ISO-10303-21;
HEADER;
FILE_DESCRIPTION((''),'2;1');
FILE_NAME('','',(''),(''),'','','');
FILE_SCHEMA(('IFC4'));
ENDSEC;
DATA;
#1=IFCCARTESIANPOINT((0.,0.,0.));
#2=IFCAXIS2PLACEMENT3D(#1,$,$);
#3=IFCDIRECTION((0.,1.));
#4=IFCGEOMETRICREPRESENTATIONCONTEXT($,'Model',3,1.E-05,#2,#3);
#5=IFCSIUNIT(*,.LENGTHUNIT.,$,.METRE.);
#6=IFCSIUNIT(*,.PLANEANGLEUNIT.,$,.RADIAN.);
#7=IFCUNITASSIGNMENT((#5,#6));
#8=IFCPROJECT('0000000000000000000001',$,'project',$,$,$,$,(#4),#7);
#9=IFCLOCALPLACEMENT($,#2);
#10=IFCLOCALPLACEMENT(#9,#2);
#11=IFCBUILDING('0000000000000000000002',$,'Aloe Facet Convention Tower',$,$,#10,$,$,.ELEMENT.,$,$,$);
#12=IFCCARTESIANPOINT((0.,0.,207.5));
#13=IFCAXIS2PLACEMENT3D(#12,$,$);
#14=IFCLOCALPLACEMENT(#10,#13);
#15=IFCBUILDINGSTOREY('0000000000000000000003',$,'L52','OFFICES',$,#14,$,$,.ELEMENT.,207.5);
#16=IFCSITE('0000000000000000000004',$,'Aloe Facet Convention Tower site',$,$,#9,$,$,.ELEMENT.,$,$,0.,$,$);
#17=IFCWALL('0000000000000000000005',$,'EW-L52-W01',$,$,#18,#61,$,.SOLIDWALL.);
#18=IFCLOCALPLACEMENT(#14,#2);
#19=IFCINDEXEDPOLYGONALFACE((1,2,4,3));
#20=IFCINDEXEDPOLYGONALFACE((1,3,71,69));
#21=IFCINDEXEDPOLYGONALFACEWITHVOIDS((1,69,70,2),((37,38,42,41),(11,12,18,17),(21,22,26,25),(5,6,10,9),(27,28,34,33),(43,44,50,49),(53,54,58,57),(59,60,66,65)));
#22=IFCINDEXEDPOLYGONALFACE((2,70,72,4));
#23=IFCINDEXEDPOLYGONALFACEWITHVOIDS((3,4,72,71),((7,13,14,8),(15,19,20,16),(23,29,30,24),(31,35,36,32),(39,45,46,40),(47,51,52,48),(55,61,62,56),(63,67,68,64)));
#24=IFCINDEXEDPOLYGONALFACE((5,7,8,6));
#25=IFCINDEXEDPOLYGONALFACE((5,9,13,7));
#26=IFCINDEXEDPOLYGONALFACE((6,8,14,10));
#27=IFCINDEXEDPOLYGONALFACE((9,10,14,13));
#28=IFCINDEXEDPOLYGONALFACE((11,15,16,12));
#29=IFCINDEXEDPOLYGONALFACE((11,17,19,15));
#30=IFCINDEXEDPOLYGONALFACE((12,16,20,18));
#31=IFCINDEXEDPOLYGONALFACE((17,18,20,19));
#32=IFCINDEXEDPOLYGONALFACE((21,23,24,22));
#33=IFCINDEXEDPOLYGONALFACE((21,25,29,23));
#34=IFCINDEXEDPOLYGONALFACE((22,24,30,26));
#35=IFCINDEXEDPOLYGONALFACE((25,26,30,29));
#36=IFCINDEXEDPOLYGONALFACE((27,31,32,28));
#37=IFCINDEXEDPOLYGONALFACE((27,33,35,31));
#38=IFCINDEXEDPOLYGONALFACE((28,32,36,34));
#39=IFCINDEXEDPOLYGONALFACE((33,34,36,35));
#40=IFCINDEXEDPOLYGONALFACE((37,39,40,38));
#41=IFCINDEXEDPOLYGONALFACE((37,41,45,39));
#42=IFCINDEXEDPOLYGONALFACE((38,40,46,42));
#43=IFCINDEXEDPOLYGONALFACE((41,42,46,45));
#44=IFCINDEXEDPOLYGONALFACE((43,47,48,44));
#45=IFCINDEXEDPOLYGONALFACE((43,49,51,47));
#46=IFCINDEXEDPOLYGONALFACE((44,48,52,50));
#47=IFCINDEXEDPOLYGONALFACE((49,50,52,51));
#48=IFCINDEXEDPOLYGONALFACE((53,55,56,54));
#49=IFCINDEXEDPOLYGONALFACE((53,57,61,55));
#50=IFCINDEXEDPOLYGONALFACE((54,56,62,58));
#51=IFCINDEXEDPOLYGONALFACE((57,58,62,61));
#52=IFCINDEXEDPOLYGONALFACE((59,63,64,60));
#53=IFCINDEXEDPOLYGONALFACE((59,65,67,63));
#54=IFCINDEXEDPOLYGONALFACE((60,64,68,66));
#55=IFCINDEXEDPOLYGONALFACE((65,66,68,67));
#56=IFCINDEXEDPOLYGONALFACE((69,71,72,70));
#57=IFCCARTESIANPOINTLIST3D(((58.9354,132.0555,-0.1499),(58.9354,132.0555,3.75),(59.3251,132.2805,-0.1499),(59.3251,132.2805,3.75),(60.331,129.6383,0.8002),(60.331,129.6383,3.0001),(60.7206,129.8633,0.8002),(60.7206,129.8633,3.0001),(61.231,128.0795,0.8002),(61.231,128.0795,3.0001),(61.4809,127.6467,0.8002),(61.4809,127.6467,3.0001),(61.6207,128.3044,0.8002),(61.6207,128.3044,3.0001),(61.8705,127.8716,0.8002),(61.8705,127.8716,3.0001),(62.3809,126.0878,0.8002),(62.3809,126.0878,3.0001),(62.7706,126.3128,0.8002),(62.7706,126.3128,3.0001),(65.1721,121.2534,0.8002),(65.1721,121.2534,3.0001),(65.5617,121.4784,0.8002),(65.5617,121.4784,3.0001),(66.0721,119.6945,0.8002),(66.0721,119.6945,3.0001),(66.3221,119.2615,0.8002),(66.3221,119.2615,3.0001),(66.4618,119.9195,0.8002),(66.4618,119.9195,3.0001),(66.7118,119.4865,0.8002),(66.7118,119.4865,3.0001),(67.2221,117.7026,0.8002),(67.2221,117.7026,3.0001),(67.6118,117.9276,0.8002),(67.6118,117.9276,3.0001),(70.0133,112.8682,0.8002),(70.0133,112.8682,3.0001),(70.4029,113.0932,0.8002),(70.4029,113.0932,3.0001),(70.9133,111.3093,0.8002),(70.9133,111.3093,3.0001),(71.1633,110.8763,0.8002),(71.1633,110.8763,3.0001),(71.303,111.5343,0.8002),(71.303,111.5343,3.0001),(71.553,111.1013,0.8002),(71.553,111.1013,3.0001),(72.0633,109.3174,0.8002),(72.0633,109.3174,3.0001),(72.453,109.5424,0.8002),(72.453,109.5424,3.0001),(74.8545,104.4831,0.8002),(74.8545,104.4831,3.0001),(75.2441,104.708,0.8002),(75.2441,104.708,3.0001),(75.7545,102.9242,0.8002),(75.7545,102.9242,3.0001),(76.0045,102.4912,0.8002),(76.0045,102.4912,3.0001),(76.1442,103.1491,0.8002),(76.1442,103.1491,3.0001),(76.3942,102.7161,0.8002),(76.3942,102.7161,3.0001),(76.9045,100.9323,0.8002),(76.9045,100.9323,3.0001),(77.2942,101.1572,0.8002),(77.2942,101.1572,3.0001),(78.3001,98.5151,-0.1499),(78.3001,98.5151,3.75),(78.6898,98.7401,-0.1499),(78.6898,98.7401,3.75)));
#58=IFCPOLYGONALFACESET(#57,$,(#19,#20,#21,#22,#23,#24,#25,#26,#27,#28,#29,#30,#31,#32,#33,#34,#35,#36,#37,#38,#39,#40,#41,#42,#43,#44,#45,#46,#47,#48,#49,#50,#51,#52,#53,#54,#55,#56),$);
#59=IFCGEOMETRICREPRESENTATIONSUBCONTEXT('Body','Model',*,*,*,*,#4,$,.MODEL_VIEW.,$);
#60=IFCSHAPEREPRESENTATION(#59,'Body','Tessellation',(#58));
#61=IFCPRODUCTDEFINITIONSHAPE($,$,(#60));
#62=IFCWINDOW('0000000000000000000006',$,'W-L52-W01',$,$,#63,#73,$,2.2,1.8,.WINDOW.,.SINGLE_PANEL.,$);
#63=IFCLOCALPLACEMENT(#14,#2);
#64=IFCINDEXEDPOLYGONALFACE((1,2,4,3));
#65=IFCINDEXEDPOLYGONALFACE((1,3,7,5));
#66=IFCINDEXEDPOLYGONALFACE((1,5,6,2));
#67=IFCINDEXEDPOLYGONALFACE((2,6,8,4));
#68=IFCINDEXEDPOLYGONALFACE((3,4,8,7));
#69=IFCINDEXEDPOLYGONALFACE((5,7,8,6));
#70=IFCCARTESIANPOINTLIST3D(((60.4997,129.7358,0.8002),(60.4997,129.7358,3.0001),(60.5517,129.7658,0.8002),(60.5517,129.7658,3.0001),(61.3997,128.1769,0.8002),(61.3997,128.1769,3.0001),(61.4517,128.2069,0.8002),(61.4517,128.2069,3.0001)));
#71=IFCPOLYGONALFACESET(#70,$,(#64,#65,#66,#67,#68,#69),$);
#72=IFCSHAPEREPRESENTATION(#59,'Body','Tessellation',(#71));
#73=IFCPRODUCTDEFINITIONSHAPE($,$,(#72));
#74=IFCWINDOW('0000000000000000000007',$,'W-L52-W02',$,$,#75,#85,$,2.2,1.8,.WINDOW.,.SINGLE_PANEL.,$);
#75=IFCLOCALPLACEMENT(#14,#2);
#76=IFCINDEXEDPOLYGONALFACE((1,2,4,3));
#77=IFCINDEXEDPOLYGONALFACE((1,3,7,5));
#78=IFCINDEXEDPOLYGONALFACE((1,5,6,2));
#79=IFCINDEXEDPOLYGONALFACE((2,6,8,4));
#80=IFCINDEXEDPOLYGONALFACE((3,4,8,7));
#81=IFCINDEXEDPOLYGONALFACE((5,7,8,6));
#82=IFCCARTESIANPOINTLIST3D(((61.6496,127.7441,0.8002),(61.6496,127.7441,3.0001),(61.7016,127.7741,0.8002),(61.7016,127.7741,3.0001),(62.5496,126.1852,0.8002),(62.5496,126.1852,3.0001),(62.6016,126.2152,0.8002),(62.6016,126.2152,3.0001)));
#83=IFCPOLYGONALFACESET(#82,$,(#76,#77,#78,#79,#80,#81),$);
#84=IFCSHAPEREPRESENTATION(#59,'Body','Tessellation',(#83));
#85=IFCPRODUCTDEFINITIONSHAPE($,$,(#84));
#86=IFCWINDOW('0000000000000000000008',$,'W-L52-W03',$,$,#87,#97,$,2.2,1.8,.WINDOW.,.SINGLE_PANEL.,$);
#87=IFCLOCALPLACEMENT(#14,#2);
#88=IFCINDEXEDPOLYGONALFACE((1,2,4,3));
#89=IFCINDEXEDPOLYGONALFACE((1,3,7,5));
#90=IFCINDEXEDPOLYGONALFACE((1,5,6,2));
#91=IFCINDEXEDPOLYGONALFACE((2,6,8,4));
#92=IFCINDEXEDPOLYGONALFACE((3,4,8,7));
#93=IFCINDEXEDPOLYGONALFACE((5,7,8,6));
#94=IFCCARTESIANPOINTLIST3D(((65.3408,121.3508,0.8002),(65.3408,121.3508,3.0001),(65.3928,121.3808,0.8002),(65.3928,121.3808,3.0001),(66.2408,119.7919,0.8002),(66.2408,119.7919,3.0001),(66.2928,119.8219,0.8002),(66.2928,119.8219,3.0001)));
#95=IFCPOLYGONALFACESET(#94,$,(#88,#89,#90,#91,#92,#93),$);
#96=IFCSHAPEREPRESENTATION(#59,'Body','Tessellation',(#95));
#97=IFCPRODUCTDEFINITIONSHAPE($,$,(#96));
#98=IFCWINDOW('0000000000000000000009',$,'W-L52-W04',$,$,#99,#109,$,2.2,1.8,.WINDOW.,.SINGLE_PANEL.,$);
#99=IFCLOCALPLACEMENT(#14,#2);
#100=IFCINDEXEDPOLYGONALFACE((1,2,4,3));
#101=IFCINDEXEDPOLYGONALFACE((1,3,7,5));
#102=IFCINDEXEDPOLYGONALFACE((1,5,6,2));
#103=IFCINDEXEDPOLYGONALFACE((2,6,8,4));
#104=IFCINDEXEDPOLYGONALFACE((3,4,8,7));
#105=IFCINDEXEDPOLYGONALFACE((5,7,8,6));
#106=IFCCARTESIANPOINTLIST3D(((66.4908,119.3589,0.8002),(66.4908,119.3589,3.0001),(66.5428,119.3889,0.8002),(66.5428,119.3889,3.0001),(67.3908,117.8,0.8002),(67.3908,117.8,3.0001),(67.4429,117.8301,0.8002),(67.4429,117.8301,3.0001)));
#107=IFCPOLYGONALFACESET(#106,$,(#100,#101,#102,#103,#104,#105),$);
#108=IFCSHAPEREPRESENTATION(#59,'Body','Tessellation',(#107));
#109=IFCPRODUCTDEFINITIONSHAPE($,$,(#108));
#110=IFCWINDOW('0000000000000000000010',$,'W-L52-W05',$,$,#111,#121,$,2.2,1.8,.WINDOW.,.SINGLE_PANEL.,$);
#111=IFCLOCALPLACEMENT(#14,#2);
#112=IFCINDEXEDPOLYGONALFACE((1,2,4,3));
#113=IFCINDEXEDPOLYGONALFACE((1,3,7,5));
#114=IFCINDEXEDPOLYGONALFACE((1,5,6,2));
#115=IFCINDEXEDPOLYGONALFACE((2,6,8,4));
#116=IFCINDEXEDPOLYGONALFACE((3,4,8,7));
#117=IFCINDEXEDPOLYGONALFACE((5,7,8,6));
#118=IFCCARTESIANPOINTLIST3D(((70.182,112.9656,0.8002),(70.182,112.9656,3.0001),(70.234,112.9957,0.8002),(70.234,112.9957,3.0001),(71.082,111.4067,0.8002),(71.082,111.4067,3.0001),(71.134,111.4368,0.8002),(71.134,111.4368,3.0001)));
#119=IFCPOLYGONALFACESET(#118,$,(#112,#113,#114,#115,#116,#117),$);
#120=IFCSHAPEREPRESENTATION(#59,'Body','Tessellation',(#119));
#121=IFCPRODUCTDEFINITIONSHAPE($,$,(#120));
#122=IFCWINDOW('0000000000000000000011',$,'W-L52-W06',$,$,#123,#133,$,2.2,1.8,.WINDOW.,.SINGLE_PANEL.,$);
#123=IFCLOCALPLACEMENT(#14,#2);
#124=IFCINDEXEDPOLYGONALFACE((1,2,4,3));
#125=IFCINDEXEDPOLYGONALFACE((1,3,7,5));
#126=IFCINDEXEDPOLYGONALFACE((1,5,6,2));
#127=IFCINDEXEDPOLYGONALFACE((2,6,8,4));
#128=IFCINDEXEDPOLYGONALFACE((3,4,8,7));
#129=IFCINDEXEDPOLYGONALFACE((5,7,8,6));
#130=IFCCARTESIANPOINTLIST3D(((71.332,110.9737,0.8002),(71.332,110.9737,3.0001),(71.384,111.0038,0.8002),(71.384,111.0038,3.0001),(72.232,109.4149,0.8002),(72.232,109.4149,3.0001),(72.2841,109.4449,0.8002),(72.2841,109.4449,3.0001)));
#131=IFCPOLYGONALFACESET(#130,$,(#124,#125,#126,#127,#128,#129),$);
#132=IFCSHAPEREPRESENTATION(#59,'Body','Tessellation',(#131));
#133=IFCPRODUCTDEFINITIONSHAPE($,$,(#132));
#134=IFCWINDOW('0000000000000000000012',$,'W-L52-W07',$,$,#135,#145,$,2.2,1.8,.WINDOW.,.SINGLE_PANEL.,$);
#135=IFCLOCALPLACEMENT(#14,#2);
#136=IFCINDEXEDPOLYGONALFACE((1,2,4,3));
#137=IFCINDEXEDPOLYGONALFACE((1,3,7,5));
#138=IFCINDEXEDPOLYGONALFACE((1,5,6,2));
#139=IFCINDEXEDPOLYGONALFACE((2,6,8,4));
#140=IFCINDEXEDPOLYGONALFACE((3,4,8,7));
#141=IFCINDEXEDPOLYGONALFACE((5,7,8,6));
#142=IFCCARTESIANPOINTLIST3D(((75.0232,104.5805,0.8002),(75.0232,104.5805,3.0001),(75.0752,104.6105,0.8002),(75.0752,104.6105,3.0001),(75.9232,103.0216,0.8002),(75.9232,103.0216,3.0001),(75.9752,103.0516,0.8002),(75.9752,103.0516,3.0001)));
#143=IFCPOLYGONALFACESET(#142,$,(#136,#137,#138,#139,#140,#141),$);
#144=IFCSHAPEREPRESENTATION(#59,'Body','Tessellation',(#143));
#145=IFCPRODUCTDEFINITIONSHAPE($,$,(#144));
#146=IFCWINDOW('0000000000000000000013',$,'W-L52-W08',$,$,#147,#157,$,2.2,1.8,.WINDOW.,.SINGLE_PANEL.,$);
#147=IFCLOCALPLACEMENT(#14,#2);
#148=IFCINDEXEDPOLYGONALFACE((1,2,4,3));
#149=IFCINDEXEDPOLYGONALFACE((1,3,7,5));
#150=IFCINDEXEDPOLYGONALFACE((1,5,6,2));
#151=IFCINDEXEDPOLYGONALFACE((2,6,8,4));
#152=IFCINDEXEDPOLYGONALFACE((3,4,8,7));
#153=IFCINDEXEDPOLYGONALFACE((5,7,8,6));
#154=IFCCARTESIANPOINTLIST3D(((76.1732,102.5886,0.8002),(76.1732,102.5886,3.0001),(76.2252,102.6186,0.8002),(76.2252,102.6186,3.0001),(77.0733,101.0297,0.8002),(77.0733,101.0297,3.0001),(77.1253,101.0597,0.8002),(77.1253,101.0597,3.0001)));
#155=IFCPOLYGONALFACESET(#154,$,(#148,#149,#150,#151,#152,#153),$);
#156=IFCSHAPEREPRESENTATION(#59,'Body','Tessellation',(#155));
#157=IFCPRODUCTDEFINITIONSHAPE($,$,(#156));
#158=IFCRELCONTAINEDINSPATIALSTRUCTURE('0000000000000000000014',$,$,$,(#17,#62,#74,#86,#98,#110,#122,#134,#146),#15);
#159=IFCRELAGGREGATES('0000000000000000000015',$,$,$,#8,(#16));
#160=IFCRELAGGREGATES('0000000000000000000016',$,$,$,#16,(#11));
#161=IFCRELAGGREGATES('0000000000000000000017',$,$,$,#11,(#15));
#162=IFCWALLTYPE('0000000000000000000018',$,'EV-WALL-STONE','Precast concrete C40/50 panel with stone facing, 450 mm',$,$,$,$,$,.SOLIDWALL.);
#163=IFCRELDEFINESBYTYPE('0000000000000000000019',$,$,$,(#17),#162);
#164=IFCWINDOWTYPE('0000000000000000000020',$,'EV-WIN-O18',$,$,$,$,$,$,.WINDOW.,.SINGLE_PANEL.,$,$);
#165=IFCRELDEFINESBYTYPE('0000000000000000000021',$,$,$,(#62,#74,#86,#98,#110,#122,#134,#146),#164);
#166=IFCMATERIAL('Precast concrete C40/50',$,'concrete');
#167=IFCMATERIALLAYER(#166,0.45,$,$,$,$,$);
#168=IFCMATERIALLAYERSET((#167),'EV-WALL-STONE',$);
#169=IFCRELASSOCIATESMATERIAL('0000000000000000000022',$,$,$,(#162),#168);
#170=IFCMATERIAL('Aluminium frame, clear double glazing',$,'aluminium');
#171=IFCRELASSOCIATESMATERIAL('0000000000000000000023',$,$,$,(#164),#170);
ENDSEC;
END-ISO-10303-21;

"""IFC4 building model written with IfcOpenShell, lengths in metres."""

from ifc_helpers import new_model, si_unit, direction, frame, frame_2d, origin, place, context, subcontext, project, spatial, polyline, rectangle, outline, extrude, material, layer, layer_set, type_object, element, fill, save


model = new_model("IFC4")

# Units and contexts
model_context = context("Model", 3, precision=1e-05, world=origin(), true_north=direction((0.0, 1.0)))
body_context = subcontext(model_context, "Body", "Model", "MODEL_VIEW")
ifc_project = project(units=[si_unit("LENGTHUNIT", "METRE"), si_unit("PLANEANGLEUNIT", "RADIAN")], contexts=[model_context])

# Site, building, storey
site_placement = place(None, origin())
site = spatial("IfcSite", under=ifc_project, at=site_placement, Name="Aloe Facet Convention Tower site", CompositionType="ELEMENT", RefElevation=0.0)
building_placement = place(site_placement, origin())
building = spatial("IfcBuilding", under=site, at=building_placement, Name="Aloe Facet Convention Tower", CompositionType="ELEMENT")
storey_placement = place(building_placement, frame((0.0, 0.0, 207.5)))
storey = spatial("IfcBuildingStorey", under=building, at=storey_placement, Name="L52", Description="OFFICES", CompositionType="ELEMENT", Elevation=207.5)

# Wall, openings, windows
ifc_material_1 = material(Name="Precast concrete C40/50", Category="concrete")
ifc_layer_1 = layer(ifc_material_1, 0.45)
ifc_layer_set_1 = layer_set([ifc_layer_1], Name="EV-WALL-STONE")
wall_type_1 = type_object("IfcWallType", Name="EV-WALL-STONE", Description="Precast concrete C40/50 panel with stone facing, 450 mm", PredefinedType="SOLIDWALL", material=ifc_layer_set_1)
wall_1_placement = place(storey_placement, frame((59.1301, 132.168, -0.1499), z_axis=(0.0, 0.0, 1.0), x_axis=(0.500002, -0.866024, 0.0)))
wall_1 = element("IfcWall", 1, at=wall_1_placement, inside=storey, type_object=wall_type_1, Name="EW-L52-W01", PredefinedType="SOLIDWALL", context=body_context, shape_type="SweptSolid", body=[
    extrude(outline(polyline([(38.7292, 0.0), (38.7292, 3.8999), (0.0, 3.8999), (0.0, 0.0), (38.7292, 0.0)])), frame((0.0, 0.2251, 0.0), z_axis=(0.0, -1.0, 0.0), x_axis=(1.0, 0.0, 0.0)), (0.0, 0.0, 1.0), 0.45),
])
opening_1_placement = place(wall_1_placement, frame((2.7913, 0.0, 0.95)))
opening_1 = element("IfcOpeningElement", 2, at=opening_1_placement, cuts=wall_1, PredefinedType="OPENING", context=body_context, shape_type="SweptSolid", body=[
    extrude(rectangle(XDim=1.8, YDim=2.2, at=frame_2d((0.8999, 1.1001))), frame((0.0, 0.2349, 0.0), z_axis=(0.0, -1.0, 0.0), x_axis=(1.0, 0.0, 0.0)), (0.0, 0.0, 1.0), 0.47),
])
opening_2_placement = place(wall_1_placement, frame((5.0911, 0.0, 0.95)))
opening_2 = element("IfcOpeningElement", 3, at=opening_2_placement, cuts=wall_1, PredefinedType="OPENING", context=body_context, shape_type="SweptSolid", body=[
    extrude(rectangle(XDim=1.8, YDim=2.2, at=frame_2d((0.8999, 1.1001))), frame((0.0, 0.2349, 0.0), z_axis=(0.0, -1.0, 0.0), x_axis=(1.0, 0.0, 0.0)), (0.0, 0.0, 1.0), 0.47),
])
opening_3_placement = place(wall_1_placement, frame((12.4734, 0.0, 0.95)))
opening_3 = element("IfcOpeningElement", 4, at=opening_3_placement, cuts=wall_1, PredefinedType="OPENING", context=body_context, shape_type="SweptSolid", body=[
    extrude(rectangle(XDim=1.8, YDim=2.2, at=frame_2d((0.8999, 1.1001))), frame((0.0, 0.2349, 0.0), z_axis=(0.0, -1.0, 0.0), x_axis=(1.0, 0.0, 0.0)), (0.0, 0.0, 1.0), 0.47),
])
opening_4_placement = place(wall_1_placement, frame((14.7734, 0.0, 0.95)))
opening_4 = element("IfcOpeningElement", 5, at=opening_4_placement, cuts=wall_1, PredefinedType="OPENING", context=body_context, shape_type="SweptSolid", body=[
    extrude(rectangle(XDim=1.8, YDim=2.2, at=frame_2d((0.8999, 1.1001))), frame((0.0, 0.2349, 0.0), z_axis=(0.0, -1.0, 0.0), x_axis=(1.0, 0.0, 0.0)), (0.0, 0.0, 1.0), 0.47),
])
opening_5_placement = place(wall_1_placement, frame((22.1558, 0.0, 0.95)))
opening_5 = element("IfcOpeningElement", 6, at=opening_5_placement, cuts=wall_1, PredefinedType="OPENING", context=body_context, shape_type="SweptSolid", body=[
    extrude(rectangle(XDim=1.8, YDim=2.2, at=frame_2d((0.8999, 1.1001))), frame((0.0, 0.2349, 0.0), z_axis=(0.0, -1.0, 0.0), x_axis=(1.0, 0.0, 0.0)), (0.0, 0.0, 1.0), 0.47),
])
opening_6_placement = place(wall_1_placement, frame((24.4558, 0.0, 0.95)))
opening_6 = element("IfcOpeningElement", 7, at=opening_6_placement, cuts=wall_1, PredefinedType="OPENING", context=body_context, shape_type="SweptSolid", body=[
    extrude(rectangle(XDim=1.8, YDim=2.2, at=frame_2d((0.8999, 1.1001))), frame((0.0, 0.2349, 0.0), z_axis=(0.0, -1.0, 0.0), x_axis=(1.0, 0.0, 0.0)), (0.0, 0.0, 1.0), 0.47),
])
opening_7_placement = place(wall_1_placement, frame((31.8381, 0.0, 0.95)))
opening_7 = element("IfcOpeningElement", 8, at=opening_7_placement, cuts=wall_1, PredefinedType="OPENING", context=body_context, shape_type="SweptSolid", body=[
    extrude(rectangle(XDim=1.8, YDim=2.2, at=frame_2d((0.8999, 1.1001))), frame((0.0, 0.2349, 0.0), z_axis=(0.0, -1.0, 0.0), x_axis=(1.0, 0.0, 0.0)), (0.0, 0.0, 1.0), 0.47),
])
opening_8_placement = place(wall_1_placement, frame((34.1382, 0.0, 0.95)))
opening_8 = element("IfcOpeningElement", 9, at=opening_8_placement, cuts=wall_1, PredefinedType="OPENING", context=body_context, shape_type="SweptSolid", body=[
    extrude(rectangle(XDim=1.8, YDim=2.2, at=frame_2d((0.8999, 1.1001))), frame((0.0, 0.2349, 0.0), z_axis=(0.0, -1.0, 0.0), x_axis=(1.0, 0.0, 0.0)), (0.0, 0.0, 1.0), 0.47),
])
ifc_material_2 = material(Name="Aluminium frame, clear double glazing", Category="aluminium")
window_type = type_object("IfcWindowType", Name="EV-WIN-O18", PartitioningType="SINGLE_PANEL", PredefinedType="WINDOW", material=ifc_material_2)
window_1_placement = place(opening_1_placement, origin())
window_1 = element("IfcWindow", 10, at=window_1_placement, inside=storey, type_object=window_type, Name="W-L52-W01", OverallHeight=2.2, OverallWidth=1.8, PartitioningType="SINGLE_PANEL", PredefinedType="WINDOW", context=body_context, shape_type="SweptSolid", body=[
    extrude(rectangle(XDim=1.8, YDim=2.2, at=frame_2d((0.8999, 1.1001))), frame((0.0, 0.03, 0.0), z_axis=(0.0, -1.0, 0.0), x_axis=(1.0, 0.0, 0.0)), (0.0, 0.0, 1.0), 0.0601),
])
fill(opening_1, window_1)
window_2_placement = place(opening_2_placement, origin())
window_2 = element("IfcWindow", 11, at=window_2_placement, inside=storey, type_object=window_type, Name="W-L52-W02", OverallHeight=2.2, OverallWidth=1.8, PartitioningType="SINGLE_PANEL", PredefinedType="WINDOW", context=body_context, shape_type="SweptSolid", body=[
    extrude(rectangle(XDim=1.8, YDim=2.2, at=frame_2d((0.8999, 1.1001))), frame((0.0, 0.03, 0.0), z_axis=(0.0, -1.0, 0.0), x_axis=(1.0, 0.0, 0.0)), (0.0, 0.0, 1.0), 0.0601),
])
fill(opening_2, window_2)
window_3_placement = place(opening_3_placement, origin())
window_3 = element("IfcWindow", 12, at=window_3_placement, inside=storey, type_object=window_type, Name="W-L52-W03", OverallHeight=2.2, OverallWidth=1.8, PartitioningType="SINGLE_PANEL", PredefinedType="WINDOW", context=body_context, shape_type="SweptSolid", body=[
    extrude(rectangle(XDim=1.8, YDim=2.2, at=frame_2d((0.8999, 1.1001))), frame((0.0, 0.03, 0.0), z_axis=(0.0, -1.0, 0.0), x_axis=(1.0, 0.0, 0.0)), (0.0, 0.0, 1.0), 0.0601),
])
fill(opening_3, window_3)
window_4_placement = place(opening_4_placement, origin())
window_4 = element("IfcWindow", 13, at=window_4_placement, inside=storey, type_object=window_type, Name="W-L52-W04", OverallHeight=2.2, OverallWidth=1.8, PartitioningType="SINGLE_PANEL", PredefinedType="WINDOW", context=body_context, shape_type="SweptSolid", body=[
    extrude(rectangle(XDim=1.8, YDim=2.2, at=frame_2d((0.8999, 1.1001))), frame((0.0, 0.03, 0.0), z_axis=(0.0, -1.0, 0.0), x_axis=(1.0, 0.0, 0.0)), (0.0, 0.0, 1.0), 0.0601),
])
fill(opening_4, window_4)
window_5_placement = place(opening_5_placement, origin())
window_5 = element("IfcWindow", 14, at=window_5_placement, inside=storey, type_object=window_type, Name="W-L52-W05", OverallHeight=2.2, OverallWidth=1.8, PartitioningType="SINGLE_PANEL", PredefinedType="WINDOW", context=body_context, shape_type="SweptSolid", body=[
    extrude(rectangle(XDim=1.8, YDim=2.2, at=frame_2d((0.8999, 1.1001))), frame((0.0, 0.03, 0.0), z_axis=(0.0, -1.0, 0.0), x_axis=(1.0, 0.0, 0.0)), (0.0, 0.0, 1.0), 0.0601),
])
fill(opening_5, window_5)
window_6_placement = place(opening_6_placement, origin())
window_6 = element("IfcWindow", 15, at=window_6_placement, inside=storey, type_object=window_type, Name="W-L52-W06", OverallHeight=2.2, OverallWidth=1.8, PartitioningType="SINGLE_PANEL", PredefinedType="WINDOW", context=body_context, shape_type="SweptSolid", body=[
    extrude(rectangle(XDim=1.8, YDim=2.2, at=frame_2d((0.8999, 1.1001))), frame((0.0, 0.03, 0.0), z_axis=(0.0, -1.0, 0.0), x_axis=(1.0, 0.0, 0.0)), (0.0, 0.0, 1.0), 0.0601),
])
fill(opening_6, window_6)
window_7_placement = place(opening_7_placement, origin())
window_7 = element("IfcWindow", 16, at=window_7_placement, inside=storey, type_object=window_type, Name="W-L52-W07", OverallHeight=2.2, OverallWidth=1.8, PartitioningType="SINGLE_PANEL", PredefinedType="WINDOW", context=body_context, shape_type="SweptSolid", body=[
    extrude(rectangle(XDim=1.8, YDim=2.2, at=frame_2d((0.8999, 1.1001))), frame((0.0, 0.03, 0.0), z_axis=(0.0, -1.0, 0.0), x_axis=(1.0, 0.0, 0.0)), (0.0, 0.0, 1.0), 0.0601),
])
fill(opening_7, window_7)
window_8_placement = place(opening_8_placement, origin())
window_8 = element("IfcWindow", 17, at=window_8_placement, inside=storey, type_object=window_type, Name="W-L52-W08", OverallHeight=2.2, OverallWidth=1.8, PartitioningType="SINGLE_PANEL", PredefinedType="WINDOW", context=body_context, shape_type="SweptSolid", body=[
    extrude(rectangle(XDim=1.8, YDim=2.2, at=frame_2d((0.8999, 1.1001))), frame((0.0, 0.03, 0.0), z_axis=(0.0, -1.0, 0.0), x_axis=(1.0, 0.0, 0.0)), (0.0, 0.0, 1.0), 0.0601),
])
fill(opening_8, window_8)

save(model, "model.ifc")
